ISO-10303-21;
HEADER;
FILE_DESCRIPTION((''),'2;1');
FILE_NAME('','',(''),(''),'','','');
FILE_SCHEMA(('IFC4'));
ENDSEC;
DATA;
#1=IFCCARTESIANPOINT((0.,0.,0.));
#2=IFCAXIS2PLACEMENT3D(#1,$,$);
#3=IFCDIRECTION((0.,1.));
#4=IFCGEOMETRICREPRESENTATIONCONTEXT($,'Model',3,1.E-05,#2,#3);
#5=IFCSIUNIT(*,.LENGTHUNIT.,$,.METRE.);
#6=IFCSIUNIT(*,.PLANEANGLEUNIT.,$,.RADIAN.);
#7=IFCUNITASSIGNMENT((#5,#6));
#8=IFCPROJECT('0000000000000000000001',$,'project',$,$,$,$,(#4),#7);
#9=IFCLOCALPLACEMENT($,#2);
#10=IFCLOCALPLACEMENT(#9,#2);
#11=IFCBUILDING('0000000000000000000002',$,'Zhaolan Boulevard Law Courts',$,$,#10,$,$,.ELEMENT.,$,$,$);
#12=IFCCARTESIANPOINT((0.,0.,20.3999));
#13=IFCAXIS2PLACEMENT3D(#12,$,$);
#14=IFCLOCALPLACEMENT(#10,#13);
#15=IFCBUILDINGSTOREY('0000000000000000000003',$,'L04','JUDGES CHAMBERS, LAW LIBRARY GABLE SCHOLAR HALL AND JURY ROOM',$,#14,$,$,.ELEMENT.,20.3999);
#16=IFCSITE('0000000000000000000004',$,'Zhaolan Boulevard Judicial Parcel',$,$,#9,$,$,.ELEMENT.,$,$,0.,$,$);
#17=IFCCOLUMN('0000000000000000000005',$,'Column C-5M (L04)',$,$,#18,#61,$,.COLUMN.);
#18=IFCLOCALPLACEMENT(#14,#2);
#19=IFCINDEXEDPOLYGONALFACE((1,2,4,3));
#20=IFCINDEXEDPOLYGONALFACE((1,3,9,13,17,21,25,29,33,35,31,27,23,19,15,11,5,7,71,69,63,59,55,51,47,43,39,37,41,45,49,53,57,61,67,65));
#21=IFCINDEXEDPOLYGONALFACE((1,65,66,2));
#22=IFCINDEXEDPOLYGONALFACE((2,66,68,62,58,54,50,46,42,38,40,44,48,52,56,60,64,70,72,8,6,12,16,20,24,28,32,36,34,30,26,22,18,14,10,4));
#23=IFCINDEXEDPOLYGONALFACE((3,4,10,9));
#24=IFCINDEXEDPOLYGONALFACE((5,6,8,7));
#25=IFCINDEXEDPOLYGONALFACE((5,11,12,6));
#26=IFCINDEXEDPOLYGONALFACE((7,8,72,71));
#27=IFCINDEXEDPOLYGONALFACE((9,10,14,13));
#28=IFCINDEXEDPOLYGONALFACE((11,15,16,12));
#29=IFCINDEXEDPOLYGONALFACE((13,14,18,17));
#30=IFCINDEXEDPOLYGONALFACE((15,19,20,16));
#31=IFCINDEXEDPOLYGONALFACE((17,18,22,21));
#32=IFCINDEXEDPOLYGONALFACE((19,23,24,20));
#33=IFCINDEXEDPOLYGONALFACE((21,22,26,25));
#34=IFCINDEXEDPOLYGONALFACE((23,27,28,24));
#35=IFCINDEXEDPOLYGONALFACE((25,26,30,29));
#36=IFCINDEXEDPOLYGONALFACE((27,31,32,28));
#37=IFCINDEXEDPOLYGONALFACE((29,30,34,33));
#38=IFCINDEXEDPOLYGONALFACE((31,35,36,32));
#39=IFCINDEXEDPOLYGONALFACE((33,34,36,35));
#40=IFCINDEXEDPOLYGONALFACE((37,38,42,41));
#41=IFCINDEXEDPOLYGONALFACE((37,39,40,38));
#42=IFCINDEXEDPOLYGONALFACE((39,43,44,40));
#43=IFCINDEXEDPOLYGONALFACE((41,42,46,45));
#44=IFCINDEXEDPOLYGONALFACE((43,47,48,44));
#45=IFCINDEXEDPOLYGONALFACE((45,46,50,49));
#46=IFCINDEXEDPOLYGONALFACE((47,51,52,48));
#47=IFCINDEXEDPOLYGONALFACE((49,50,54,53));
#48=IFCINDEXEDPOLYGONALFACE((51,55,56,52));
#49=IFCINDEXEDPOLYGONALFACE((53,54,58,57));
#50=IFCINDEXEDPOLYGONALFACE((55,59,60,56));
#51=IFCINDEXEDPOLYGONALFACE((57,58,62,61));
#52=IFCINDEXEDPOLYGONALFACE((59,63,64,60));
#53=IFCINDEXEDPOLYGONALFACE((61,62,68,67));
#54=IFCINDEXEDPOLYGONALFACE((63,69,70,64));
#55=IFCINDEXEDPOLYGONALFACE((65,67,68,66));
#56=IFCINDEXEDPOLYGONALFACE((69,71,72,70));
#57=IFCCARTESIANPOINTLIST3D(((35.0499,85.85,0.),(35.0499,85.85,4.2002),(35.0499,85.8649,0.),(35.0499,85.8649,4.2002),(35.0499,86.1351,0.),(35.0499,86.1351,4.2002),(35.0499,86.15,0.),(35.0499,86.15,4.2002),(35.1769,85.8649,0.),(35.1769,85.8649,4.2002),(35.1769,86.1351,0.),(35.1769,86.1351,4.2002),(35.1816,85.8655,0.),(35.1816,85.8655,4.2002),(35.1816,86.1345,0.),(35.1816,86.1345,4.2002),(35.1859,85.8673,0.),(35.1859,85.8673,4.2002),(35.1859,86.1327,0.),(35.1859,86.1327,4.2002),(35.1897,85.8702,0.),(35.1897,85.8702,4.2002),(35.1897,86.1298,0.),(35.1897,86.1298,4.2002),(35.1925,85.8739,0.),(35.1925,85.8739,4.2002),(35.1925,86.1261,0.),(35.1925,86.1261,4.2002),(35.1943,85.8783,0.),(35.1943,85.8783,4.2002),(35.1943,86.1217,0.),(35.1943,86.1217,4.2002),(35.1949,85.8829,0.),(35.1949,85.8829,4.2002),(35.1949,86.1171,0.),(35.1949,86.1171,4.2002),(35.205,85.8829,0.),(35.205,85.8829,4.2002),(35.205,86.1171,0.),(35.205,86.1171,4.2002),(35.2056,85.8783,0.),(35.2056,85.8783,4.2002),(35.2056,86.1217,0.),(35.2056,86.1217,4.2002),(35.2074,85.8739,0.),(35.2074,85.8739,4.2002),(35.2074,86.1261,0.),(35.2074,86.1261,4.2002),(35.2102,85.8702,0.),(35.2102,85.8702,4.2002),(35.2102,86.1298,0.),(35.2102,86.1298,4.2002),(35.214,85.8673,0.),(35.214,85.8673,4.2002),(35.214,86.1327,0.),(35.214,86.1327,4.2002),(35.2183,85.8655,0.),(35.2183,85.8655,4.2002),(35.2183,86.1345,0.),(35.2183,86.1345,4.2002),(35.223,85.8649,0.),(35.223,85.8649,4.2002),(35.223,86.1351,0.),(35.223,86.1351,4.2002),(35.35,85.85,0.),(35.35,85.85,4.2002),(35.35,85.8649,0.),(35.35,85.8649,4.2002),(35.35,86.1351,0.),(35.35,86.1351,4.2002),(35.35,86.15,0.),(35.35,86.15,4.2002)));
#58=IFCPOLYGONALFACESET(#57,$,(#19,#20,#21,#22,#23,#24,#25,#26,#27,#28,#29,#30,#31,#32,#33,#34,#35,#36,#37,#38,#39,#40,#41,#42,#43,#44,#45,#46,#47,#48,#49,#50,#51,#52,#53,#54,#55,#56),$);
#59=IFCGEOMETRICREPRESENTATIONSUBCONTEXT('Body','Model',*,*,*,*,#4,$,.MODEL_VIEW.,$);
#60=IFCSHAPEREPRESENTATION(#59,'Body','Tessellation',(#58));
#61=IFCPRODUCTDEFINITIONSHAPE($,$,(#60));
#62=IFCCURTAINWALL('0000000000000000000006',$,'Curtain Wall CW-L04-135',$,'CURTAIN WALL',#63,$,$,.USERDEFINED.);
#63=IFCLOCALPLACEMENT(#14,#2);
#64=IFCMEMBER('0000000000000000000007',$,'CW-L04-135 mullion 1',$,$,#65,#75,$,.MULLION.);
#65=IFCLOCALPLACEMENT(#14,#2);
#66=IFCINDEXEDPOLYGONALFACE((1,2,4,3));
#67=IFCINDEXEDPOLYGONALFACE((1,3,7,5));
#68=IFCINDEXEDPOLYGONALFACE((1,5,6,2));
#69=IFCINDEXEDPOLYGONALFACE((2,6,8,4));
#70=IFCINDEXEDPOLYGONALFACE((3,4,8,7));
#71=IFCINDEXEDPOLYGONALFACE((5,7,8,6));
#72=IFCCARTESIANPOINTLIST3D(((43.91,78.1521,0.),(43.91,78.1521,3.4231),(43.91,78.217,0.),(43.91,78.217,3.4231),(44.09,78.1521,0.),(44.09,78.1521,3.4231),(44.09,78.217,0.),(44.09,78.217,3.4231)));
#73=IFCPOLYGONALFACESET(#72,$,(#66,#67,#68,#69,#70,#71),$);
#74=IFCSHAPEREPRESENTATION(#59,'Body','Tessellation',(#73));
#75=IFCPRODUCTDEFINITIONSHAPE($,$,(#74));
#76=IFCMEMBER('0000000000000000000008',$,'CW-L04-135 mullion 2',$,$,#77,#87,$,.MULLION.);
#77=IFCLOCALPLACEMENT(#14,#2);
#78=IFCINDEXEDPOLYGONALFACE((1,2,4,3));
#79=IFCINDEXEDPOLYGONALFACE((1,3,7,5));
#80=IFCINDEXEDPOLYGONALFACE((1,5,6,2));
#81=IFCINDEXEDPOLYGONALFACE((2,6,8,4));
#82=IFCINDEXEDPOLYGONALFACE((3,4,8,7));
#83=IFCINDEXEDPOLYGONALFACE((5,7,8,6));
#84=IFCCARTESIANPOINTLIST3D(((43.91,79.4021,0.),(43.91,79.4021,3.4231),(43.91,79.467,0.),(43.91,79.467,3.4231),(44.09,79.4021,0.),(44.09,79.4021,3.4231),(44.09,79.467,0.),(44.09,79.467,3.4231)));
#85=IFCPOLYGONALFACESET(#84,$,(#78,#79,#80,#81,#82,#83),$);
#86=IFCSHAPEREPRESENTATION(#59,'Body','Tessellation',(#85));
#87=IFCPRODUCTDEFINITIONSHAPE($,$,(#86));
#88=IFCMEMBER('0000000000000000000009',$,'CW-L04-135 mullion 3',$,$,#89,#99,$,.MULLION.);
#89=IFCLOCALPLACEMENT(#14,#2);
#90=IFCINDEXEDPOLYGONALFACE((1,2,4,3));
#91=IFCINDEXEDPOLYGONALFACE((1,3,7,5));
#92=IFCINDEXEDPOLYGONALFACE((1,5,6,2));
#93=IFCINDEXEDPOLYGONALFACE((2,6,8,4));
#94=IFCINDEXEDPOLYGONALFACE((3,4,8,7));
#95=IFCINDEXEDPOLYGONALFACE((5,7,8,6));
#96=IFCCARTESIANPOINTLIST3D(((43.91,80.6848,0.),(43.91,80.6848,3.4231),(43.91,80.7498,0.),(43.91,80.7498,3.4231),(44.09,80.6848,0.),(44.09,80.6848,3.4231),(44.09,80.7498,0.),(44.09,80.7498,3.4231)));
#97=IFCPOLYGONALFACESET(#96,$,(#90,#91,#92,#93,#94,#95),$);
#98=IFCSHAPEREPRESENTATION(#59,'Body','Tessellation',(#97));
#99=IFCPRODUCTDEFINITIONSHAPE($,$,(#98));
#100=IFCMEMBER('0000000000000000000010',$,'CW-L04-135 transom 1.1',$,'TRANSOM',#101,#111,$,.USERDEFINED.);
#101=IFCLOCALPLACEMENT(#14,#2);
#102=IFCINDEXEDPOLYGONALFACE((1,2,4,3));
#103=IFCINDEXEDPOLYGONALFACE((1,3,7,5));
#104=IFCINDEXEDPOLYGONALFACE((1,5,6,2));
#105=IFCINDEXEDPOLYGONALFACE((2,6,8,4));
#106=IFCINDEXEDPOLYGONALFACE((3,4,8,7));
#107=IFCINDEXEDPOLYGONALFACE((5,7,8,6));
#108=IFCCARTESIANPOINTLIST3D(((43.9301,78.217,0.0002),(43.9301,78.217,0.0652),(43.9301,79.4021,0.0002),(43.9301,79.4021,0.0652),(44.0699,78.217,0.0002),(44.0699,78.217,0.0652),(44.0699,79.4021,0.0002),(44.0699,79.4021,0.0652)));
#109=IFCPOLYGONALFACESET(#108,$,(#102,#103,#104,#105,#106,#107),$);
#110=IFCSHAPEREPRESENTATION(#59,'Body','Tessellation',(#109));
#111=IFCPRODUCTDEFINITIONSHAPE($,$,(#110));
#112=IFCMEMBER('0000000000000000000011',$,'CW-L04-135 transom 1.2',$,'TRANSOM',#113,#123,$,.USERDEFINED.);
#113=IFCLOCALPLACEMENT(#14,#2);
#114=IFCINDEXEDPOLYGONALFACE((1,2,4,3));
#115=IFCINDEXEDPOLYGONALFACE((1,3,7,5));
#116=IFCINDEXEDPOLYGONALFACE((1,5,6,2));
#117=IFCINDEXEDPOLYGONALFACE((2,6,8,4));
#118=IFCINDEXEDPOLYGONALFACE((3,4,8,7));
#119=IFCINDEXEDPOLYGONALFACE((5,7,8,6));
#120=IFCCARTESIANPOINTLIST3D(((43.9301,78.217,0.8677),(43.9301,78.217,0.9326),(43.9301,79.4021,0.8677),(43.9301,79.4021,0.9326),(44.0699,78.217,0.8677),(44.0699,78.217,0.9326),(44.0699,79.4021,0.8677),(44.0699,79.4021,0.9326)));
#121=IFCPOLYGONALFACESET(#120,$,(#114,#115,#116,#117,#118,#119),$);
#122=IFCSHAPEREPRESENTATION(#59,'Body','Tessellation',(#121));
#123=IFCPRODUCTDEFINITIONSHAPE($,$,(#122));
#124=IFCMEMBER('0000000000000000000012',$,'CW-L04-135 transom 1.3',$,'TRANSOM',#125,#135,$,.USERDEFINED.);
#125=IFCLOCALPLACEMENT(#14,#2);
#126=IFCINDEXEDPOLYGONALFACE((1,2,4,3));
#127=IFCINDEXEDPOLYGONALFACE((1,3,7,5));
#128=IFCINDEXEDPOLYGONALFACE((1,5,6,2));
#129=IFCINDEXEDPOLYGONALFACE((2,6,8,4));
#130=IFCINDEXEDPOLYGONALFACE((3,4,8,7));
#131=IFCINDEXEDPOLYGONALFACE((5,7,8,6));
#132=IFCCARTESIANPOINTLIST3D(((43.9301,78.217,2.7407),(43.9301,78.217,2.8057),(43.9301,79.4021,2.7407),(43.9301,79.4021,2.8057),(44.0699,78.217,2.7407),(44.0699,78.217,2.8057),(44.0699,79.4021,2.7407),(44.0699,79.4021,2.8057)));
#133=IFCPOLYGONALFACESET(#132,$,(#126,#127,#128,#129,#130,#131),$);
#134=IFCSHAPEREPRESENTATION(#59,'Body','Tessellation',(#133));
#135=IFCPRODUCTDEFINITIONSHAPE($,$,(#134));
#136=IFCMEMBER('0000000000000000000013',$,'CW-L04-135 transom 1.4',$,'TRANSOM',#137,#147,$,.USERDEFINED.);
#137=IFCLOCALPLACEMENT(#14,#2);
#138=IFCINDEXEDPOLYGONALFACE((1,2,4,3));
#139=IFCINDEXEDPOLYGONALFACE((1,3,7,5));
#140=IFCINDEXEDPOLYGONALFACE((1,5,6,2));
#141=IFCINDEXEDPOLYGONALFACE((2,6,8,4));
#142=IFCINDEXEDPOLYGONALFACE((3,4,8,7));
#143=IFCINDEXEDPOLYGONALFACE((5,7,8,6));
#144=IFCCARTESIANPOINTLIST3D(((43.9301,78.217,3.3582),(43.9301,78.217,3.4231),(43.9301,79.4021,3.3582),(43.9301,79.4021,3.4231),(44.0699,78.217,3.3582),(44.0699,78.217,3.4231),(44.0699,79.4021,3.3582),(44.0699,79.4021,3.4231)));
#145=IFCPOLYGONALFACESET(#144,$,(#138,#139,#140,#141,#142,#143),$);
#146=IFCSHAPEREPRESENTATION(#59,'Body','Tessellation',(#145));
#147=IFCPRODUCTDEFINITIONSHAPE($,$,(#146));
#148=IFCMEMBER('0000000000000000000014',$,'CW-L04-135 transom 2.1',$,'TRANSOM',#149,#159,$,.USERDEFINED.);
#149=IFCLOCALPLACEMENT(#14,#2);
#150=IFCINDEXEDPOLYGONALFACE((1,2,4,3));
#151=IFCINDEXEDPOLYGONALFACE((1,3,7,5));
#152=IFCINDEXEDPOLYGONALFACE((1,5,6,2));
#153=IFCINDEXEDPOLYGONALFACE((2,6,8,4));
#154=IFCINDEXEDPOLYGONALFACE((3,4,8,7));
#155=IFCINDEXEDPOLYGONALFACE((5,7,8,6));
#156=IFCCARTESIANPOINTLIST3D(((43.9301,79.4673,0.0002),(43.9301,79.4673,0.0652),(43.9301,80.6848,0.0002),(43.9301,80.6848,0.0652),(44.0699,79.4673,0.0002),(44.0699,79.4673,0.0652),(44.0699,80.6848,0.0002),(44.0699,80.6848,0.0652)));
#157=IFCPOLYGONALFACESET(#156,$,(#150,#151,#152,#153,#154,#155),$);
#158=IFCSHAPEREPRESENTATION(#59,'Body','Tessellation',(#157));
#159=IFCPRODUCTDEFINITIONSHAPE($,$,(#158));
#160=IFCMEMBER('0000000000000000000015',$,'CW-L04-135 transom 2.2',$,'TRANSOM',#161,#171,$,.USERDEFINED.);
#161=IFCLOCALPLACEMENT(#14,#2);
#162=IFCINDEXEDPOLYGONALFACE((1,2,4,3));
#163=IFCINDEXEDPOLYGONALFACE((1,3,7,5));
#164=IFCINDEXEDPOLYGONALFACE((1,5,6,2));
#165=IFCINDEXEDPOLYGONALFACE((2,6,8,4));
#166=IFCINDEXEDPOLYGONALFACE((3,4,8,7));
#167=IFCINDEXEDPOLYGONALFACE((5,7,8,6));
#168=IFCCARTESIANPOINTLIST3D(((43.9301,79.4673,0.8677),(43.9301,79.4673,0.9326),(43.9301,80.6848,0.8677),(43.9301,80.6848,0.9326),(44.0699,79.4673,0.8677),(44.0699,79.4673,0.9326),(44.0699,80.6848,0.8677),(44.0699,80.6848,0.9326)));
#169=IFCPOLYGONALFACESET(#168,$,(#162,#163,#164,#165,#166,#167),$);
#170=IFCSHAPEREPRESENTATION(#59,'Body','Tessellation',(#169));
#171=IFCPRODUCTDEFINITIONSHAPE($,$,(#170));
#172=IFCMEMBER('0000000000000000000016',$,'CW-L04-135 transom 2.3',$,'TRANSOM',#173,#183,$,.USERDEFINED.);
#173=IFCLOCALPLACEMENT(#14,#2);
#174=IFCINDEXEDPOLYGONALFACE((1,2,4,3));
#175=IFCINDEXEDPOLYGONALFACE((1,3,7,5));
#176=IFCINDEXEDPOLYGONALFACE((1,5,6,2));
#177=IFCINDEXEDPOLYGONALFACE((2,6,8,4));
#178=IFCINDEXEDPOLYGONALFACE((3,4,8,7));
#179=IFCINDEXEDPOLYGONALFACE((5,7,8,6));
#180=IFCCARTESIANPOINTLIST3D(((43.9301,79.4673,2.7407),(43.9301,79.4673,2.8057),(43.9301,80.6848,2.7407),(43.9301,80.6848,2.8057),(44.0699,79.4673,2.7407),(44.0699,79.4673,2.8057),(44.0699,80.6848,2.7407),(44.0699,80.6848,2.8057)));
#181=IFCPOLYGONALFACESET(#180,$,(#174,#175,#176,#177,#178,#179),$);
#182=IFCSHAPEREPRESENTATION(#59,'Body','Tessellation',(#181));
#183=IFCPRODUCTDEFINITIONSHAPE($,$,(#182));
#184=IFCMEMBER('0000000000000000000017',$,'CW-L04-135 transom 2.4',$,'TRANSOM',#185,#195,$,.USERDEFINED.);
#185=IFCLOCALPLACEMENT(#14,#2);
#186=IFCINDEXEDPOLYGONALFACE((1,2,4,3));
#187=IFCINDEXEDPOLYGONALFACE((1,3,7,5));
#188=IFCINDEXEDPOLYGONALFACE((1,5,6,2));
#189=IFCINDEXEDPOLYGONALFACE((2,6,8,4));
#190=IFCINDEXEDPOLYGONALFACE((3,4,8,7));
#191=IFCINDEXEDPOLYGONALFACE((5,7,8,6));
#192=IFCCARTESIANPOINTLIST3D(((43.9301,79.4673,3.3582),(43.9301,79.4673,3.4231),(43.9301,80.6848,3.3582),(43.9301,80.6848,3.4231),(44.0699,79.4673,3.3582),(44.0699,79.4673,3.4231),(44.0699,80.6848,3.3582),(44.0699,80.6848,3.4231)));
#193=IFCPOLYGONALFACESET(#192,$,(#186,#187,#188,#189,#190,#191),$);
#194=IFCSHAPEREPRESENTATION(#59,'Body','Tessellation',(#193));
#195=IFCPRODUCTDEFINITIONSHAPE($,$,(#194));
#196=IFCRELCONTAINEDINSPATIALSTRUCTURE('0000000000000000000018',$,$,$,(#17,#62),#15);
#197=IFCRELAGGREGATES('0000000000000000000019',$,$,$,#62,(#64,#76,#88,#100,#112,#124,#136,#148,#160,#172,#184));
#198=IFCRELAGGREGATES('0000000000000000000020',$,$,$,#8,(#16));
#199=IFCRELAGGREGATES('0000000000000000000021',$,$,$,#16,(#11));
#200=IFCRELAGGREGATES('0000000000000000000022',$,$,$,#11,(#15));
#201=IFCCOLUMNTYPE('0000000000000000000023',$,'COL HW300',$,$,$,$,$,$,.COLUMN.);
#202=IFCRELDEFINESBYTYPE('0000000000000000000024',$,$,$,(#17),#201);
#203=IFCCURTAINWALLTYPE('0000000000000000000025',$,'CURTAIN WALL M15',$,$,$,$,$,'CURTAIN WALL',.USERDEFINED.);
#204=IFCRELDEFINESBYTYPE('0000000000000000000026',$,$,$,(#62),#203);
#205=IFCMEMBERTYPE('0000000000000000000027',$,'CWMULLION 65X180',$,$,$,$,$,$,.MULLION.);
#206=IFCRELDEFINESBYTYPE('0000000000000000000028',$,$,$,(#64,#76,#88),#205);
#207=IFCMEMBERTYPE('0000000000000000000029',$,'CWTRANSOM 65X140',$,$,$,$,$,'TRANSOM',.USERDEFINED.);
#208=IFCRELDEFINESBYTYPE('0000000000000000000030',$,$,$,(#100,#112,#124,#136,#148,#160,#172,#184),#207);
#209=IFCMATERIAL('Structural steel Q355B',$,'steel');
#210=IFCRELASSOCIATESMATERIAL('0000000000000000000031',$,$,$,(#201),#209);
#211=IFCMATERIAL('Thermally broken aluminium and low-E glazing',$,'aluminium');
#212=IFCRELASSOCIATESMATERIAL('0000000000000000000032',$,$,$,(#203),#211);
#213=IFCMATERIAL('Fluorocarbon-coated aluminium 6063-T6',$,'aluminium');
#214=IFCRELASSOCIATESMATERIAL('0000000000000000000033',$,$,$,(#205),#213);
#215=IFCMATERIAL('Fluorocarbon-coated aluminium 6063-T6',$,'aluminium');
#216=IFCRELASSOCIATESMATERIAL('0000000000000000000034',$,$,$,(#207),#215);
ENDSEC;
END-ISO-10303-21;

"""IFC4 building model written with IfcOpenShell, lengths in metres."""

from ifc_helpers import new_model, si_unit, direction, frame, origin, origin_2d, place, context, subcontext, project, spatial, rectangle, i_section, extrude, material, material_profile, profile_set, type_object, element, aggregate, save


model = new_model("IFC4")

# Units and contexts
model_context = context("Model", 3, precision=1e-05, world=origin(), true_north=direction((0.0, 1.0)))
body_context = subcontext(model_context, "Body", "Model", "MODEL_VIEW")
ifc_project = project(units=[si_unit("LENGTHUNIT", "METRE"), si_unit("PLANEANGLEUNIT", "RADIAN")], contexts=[model_context])

# Site, building, storey
site_placement = place(None, origin())
site = spatial("IfcSite", under=ifc_project, at=site_placement, Name="Zhaolan Boulevard Judicial Parcel", CompositionType="ELEMENT", RefElevation=0.0)
building_placement = place(site_placement, origin())
building = spatial("IfcBuilding", under=site, at=building_placement, Name="Zhaolan Boulevard Law Courts", CompositionType="ELEMENT")
storey_placement = place(building_placement, frame((0.0, 0.0, 20.3999)))
storey = spatial("IfcBuildingStorey", under=building, at=storey_placement, Name="L04", Description="JUDGES CHAMBERS, LAW LIBRARY GABLE SCHOLAR HALL AND JURY ROOM", CompositionType="ELEMENT", Elevation=20.3999)

# Column
ifc_material_1 = material(Name="Structural steel Q355B", Category="steel")
ifc_material_profile_1 = material_profile(ifc_material_1, i_section(OverallWidth=0.3, OverallDepth=0.3, WebThickness=0.01, FlangeThickness=0.0149, FilletRadius=0.0181, at=origin_2d()), Name="HW300x300")
ifc_profile_set_1 = profile_set([ifc_material_profile_1], Name="Structural steel Q355B")
column_type = type_object("IfcColumnType", Name="COL HW300", PredefinedType="COLUMN", material=ifc_profile_set_1)
column_placement = place(storey_placement, frame((35.2, 86.0, 0.0), z_axis=(0.0, 0.0, 1.0), x_axis=(1.0, 0.0, 0.0)))
element("IfcColumn", 1, at=column_placement, inside=storey, type_object=column_type, Name="Column C-5M (L04)", PredefinedType="COLUMN", context=body_context, shape_type="SweptSolid", body=[
    extrude(i_section(OverallWidth=0.3, OverallDepth=0.3, WebThickness=0.01, FlangeThickness=0.0149, FilletRadius=0.0181, at=origin_2d()), origin(), (0.0, 0.0, 1.0), 4.2002),
])

# Curtain wall, members
ifc_material_2 = material(Name="Thermally broken aluminium and low-E glazing", Category="aluminium")
curtain_wall_type = type_object("IfcCurtainWallType", Name="CURTAIN WALL M15", ElementType="CURTAIN WALL", PredefinedType="USERDEFINED", material=ifc_material_2)
curtain_wall_placement = place(storey_placement, origin())
curtain_wall = element("IfcCurtainWall", 2, at=curtain_wall_placement, inside=storey, type_object=curtain_wall_type, Name="Curtain Wall CW-L04-135", ObjectType="CURTAIN WALL", PredefinedType="USERDEFINED")
ifc_material_3 = material(Name="Fluorocarbon-coated aluminium 6063-T6", Category="aluminium")
ifc_material_profile_2 = material_profile(ifc_material_3, rectangle(XDim=0.1799, YDim=0.0649, at=origin_2d()), Name="AL65x180")
ifc_profile_set_2 = profile_set([ifc_material_profile_2], Name="Fluorocarbon-coated aluminium 6063-T6")
member_type_1 = type_object("IfcMemberType", Name="CWMULLION 65X180", PredefinedType="MULLION", material=ifc_profile_set_2)
member_1_placement = place(storey_placement, frame((44.0, 78.1846, 0.0), z_axis=(0.0, 0.0, 1.0), x_axis=(-1.0, 0.0, 0.0)))
member_1 = element("IfcMember", 3, at=member_1_placement, type_object=member_type_1, Name="CW-L04-135 mullion 1", PredefinedType="MULLION", context=body_context, shape_type="SweptSolid", body=[
    extrude(rectangle(XDim=0.1799, YDim=0.0649, at=origin_2d()), origin(), (0.0, 0.0, 1.0), 3.4231),
])
member_2_placement = place(storey_placement, frame((44.0, 79.4346, 0.0), z_axis=(0.0, 0.0, 1.0), x_axis=(-1.0, 0.0, 0.0)))
member_2 = element("IfcMember", 4, at=member_2_placement, type_object=member_type_1, Name="CW-L04-135 mullion 2", PredefinedType="MULLION", context=body_context, shape_type="SweptSolid", body=[
    extrude(rectangle(XDim=0.1799, YDim=0.0649, at=origin_2d()), origin(), (0.0, 0.0, 1.0), 3.4231),
])
member_3_placement = place(storey_placement, frame((44.0, 80.7173, 0.0), z_axis=(0.0, 0.0, 1.0), x_axis=(-1.0, 0.0, 0.0)))
member_3 = element("IfcMember", 5, at=member_3_placement, type_object=member_type_1, Name="CW-L04-135 mullion 3", PredefinedType="MULLION", context=body_context, shape_type="SweptSolid", body=[
    extrude(rectangle(XDim=0.1799, YDim=0.0649, at=origin_2d()), origin(), (0.0, 0.0, 1.0), 3.4231),
])
ifc_material_4 = material(Name="Fluorocarbon-coated aluminium 6063-T6", Category="aluminium")
ifc_material_profile_3 = material_profile(ifc_material_4, rectangle(XDim=0.1399, YDim=0.0649, at=origin_2d()), Name="AL65x140")
ifc_profile_set_3 = profile_set([ifc_material_profile_3], Name="Fluorocarbon-coated aluminium 6063-T6")
member_type_2 = type_object("IfcMemberType", Name="CWTRANSOM 65X140", ElementType="TRANSOM", PredefinedType="USERDEFINED", material=ifc_profile_set_3)
member_4_placement = place(storey_placement, frame((44.0, 78.217, 0.0327), z_axis=(0.0, 1.0, 0.0), x_axis=(-1.0, 0.0, 0.0)))
member_4 = element("IfcMember", 6, at=member_4_placement, type_object=member_type_2, Name="CW-L04-135 transom 1.1", ObjectType="TRANSOM", PredefinedType="USERDEFINED", context=body_context, shape_type="SweptSolid", body=[
    extrude(rectangle(XDim=0.1399, YDim=0.0649, at=origin_2d()), origin(), (0.0, 0.0, 1.0), 1.1851),
])
member_5_placement = place(storey_placement, frame((44.0, 78.217, 0.9001), z_axis=(0.0, 1.0, 0.0), x_axis=(-1.0, 0.0, 0.0)))
member_5 = element("IfcMember", 7, at=member_5_placement, type_object=member_type_2, Name="CW-L04-135 transom 1.2", ObjectType="TRANSOM", PredefinedType="USERDEFINED", context=body_context, shape_type="SweptSolid", body=[
    extrude(rectangle(XDim=0.1399, YDim=0.0649, at=origin_2d()), origin(), (0.0, 0.0, 1.0), 1.1851),
])
member_6_placement = place(storey_placement, frame((44.0, 78.217, 2.7732), z_axis=(0.0, 1.0, 0.0), x_axis=(-1.0, 0.0, 0.0)))
member_6 = element("IfcMember", 8, at=member_6_placement, type_object=member_type_2, Name="CW-L04-135 transom 1.3", ObjectType="TRANSOM", PredefinedType="USERDEFINED", context=body_context, shape_type="SweptSolid", body=[
    extrude(rectangle(XDim=0.1399, YDim=0.0649, at=origin_2d()), origin(), (0.0, 0.0, 1.0), 1.1851),
])
member_7_placement = place(storey_placement, frame((44.0, 78.217, 3.3906), z_axis=(0.0, 1.0, 0.0), x_axis=(-1.0, 0.0, 0.0)))
member_7 = element("IfcMember", 9, at=member_7_placement, type_object=member_type_2, Name="CW-L04-135 transom 1.4", ObjectType="TRANSOM", PredefinedType="USERDEFINED", context=body_context, shape_type="SweptSolid", body=[
    extrude(rectangle(XDim=0.1399, YDim=0.0649, at=origin_2d()), origin(), (0.0, 0.0, 1.0), 1.1851),
])
member_8_placement = place(storey_placement, frame((44.0, 79.4673, 0.0327), z_axis=(0.0, 1.0, 0.0), x_axis=(-1.0, 0.0, 0.0)))
member_8 = element("IfcMember", 10, at=member_8_placement, type_object=member_type_2, Name="CW-L04-135 transom 2.1", ObjectType="TRANSOM", PredefinedType="USERDEFINED", context=body_context, shape_type="SweptSolid", body=[
    extrude(rectangle(XDim=0.1399, YDim=0.0649, at=origin_2d()), origin(), (0.0, 0.0, 1.0), 1.2175),
])
member_9_placement = place(storey_placement, frame((44.0, 79.4673, 0.9001), z_axis=(0.0, 1.0, 0.0), x_axis=(-1.0, 0.0, 0.0)))
member_9 = element("IfcMember", 11, at=member_9_placement, type_object=member_type_2, Name="CW-L04-135 transom 2.2", ObjectType="TRANSOM", PredefinedType="USERDEFINED", context=body_context, shape_type="SweptSolid", body=[
    extrude(rectangle(XDim=0.1399, YDim=0.0649, at=origin_2d()), origin(), (0.0, 0.0, 1.0), 1.2175),
])
member_10_placement = place(storey_placement, frame((44.0, 79.4673, 2.7732), z_axis=(0.0, 1.0, 0.0), x_axis=(-1.0, 0.0, 0.0)))
member_10 = element("IfcMember", 12, at=member_10_placement, type_object=member_type_2, Name="CW-L04-135 transom 2.3", ObjectType="TRANSOM", PredefinedType="USERDEFINED", context=body_context, shape_type="SweptSolid", body=[
    extrude(rectangle(XDim=0.1399, YDim=0.0649, at=origin_2d()), origin(), (0.0, 0.0, 1.0), 1.2175),
])
member_11_placement = place(storey_placement, frame((44.0, 79.4673, 3.3906), z_axis=(0.0, 1.0, 0.0), x_axis=(-1.0, 0.0, 0.0)))
member_11 = element("IfcMember", 13, at=member_11_placement, type_object=member_type_2, Name="CW-L04-135 transom 2.4", ObjectType="TRANSOM", PredefinedType="USERDEFINED", context=body_context, shape_type="SweptSolid", body=[
    extrude(rectangle(XDim=0.1399, YDim=0.0649, at=origin_2d()), origin(), (0.0, 0.0, 1.0), 1.2175),
])

aggregate(curtain_wall, [member_1, member_2, member_3, member_4, member_5, member_6, member_7, member_8, member_9, member_10, member_11])

save(model, "model.ifc")
